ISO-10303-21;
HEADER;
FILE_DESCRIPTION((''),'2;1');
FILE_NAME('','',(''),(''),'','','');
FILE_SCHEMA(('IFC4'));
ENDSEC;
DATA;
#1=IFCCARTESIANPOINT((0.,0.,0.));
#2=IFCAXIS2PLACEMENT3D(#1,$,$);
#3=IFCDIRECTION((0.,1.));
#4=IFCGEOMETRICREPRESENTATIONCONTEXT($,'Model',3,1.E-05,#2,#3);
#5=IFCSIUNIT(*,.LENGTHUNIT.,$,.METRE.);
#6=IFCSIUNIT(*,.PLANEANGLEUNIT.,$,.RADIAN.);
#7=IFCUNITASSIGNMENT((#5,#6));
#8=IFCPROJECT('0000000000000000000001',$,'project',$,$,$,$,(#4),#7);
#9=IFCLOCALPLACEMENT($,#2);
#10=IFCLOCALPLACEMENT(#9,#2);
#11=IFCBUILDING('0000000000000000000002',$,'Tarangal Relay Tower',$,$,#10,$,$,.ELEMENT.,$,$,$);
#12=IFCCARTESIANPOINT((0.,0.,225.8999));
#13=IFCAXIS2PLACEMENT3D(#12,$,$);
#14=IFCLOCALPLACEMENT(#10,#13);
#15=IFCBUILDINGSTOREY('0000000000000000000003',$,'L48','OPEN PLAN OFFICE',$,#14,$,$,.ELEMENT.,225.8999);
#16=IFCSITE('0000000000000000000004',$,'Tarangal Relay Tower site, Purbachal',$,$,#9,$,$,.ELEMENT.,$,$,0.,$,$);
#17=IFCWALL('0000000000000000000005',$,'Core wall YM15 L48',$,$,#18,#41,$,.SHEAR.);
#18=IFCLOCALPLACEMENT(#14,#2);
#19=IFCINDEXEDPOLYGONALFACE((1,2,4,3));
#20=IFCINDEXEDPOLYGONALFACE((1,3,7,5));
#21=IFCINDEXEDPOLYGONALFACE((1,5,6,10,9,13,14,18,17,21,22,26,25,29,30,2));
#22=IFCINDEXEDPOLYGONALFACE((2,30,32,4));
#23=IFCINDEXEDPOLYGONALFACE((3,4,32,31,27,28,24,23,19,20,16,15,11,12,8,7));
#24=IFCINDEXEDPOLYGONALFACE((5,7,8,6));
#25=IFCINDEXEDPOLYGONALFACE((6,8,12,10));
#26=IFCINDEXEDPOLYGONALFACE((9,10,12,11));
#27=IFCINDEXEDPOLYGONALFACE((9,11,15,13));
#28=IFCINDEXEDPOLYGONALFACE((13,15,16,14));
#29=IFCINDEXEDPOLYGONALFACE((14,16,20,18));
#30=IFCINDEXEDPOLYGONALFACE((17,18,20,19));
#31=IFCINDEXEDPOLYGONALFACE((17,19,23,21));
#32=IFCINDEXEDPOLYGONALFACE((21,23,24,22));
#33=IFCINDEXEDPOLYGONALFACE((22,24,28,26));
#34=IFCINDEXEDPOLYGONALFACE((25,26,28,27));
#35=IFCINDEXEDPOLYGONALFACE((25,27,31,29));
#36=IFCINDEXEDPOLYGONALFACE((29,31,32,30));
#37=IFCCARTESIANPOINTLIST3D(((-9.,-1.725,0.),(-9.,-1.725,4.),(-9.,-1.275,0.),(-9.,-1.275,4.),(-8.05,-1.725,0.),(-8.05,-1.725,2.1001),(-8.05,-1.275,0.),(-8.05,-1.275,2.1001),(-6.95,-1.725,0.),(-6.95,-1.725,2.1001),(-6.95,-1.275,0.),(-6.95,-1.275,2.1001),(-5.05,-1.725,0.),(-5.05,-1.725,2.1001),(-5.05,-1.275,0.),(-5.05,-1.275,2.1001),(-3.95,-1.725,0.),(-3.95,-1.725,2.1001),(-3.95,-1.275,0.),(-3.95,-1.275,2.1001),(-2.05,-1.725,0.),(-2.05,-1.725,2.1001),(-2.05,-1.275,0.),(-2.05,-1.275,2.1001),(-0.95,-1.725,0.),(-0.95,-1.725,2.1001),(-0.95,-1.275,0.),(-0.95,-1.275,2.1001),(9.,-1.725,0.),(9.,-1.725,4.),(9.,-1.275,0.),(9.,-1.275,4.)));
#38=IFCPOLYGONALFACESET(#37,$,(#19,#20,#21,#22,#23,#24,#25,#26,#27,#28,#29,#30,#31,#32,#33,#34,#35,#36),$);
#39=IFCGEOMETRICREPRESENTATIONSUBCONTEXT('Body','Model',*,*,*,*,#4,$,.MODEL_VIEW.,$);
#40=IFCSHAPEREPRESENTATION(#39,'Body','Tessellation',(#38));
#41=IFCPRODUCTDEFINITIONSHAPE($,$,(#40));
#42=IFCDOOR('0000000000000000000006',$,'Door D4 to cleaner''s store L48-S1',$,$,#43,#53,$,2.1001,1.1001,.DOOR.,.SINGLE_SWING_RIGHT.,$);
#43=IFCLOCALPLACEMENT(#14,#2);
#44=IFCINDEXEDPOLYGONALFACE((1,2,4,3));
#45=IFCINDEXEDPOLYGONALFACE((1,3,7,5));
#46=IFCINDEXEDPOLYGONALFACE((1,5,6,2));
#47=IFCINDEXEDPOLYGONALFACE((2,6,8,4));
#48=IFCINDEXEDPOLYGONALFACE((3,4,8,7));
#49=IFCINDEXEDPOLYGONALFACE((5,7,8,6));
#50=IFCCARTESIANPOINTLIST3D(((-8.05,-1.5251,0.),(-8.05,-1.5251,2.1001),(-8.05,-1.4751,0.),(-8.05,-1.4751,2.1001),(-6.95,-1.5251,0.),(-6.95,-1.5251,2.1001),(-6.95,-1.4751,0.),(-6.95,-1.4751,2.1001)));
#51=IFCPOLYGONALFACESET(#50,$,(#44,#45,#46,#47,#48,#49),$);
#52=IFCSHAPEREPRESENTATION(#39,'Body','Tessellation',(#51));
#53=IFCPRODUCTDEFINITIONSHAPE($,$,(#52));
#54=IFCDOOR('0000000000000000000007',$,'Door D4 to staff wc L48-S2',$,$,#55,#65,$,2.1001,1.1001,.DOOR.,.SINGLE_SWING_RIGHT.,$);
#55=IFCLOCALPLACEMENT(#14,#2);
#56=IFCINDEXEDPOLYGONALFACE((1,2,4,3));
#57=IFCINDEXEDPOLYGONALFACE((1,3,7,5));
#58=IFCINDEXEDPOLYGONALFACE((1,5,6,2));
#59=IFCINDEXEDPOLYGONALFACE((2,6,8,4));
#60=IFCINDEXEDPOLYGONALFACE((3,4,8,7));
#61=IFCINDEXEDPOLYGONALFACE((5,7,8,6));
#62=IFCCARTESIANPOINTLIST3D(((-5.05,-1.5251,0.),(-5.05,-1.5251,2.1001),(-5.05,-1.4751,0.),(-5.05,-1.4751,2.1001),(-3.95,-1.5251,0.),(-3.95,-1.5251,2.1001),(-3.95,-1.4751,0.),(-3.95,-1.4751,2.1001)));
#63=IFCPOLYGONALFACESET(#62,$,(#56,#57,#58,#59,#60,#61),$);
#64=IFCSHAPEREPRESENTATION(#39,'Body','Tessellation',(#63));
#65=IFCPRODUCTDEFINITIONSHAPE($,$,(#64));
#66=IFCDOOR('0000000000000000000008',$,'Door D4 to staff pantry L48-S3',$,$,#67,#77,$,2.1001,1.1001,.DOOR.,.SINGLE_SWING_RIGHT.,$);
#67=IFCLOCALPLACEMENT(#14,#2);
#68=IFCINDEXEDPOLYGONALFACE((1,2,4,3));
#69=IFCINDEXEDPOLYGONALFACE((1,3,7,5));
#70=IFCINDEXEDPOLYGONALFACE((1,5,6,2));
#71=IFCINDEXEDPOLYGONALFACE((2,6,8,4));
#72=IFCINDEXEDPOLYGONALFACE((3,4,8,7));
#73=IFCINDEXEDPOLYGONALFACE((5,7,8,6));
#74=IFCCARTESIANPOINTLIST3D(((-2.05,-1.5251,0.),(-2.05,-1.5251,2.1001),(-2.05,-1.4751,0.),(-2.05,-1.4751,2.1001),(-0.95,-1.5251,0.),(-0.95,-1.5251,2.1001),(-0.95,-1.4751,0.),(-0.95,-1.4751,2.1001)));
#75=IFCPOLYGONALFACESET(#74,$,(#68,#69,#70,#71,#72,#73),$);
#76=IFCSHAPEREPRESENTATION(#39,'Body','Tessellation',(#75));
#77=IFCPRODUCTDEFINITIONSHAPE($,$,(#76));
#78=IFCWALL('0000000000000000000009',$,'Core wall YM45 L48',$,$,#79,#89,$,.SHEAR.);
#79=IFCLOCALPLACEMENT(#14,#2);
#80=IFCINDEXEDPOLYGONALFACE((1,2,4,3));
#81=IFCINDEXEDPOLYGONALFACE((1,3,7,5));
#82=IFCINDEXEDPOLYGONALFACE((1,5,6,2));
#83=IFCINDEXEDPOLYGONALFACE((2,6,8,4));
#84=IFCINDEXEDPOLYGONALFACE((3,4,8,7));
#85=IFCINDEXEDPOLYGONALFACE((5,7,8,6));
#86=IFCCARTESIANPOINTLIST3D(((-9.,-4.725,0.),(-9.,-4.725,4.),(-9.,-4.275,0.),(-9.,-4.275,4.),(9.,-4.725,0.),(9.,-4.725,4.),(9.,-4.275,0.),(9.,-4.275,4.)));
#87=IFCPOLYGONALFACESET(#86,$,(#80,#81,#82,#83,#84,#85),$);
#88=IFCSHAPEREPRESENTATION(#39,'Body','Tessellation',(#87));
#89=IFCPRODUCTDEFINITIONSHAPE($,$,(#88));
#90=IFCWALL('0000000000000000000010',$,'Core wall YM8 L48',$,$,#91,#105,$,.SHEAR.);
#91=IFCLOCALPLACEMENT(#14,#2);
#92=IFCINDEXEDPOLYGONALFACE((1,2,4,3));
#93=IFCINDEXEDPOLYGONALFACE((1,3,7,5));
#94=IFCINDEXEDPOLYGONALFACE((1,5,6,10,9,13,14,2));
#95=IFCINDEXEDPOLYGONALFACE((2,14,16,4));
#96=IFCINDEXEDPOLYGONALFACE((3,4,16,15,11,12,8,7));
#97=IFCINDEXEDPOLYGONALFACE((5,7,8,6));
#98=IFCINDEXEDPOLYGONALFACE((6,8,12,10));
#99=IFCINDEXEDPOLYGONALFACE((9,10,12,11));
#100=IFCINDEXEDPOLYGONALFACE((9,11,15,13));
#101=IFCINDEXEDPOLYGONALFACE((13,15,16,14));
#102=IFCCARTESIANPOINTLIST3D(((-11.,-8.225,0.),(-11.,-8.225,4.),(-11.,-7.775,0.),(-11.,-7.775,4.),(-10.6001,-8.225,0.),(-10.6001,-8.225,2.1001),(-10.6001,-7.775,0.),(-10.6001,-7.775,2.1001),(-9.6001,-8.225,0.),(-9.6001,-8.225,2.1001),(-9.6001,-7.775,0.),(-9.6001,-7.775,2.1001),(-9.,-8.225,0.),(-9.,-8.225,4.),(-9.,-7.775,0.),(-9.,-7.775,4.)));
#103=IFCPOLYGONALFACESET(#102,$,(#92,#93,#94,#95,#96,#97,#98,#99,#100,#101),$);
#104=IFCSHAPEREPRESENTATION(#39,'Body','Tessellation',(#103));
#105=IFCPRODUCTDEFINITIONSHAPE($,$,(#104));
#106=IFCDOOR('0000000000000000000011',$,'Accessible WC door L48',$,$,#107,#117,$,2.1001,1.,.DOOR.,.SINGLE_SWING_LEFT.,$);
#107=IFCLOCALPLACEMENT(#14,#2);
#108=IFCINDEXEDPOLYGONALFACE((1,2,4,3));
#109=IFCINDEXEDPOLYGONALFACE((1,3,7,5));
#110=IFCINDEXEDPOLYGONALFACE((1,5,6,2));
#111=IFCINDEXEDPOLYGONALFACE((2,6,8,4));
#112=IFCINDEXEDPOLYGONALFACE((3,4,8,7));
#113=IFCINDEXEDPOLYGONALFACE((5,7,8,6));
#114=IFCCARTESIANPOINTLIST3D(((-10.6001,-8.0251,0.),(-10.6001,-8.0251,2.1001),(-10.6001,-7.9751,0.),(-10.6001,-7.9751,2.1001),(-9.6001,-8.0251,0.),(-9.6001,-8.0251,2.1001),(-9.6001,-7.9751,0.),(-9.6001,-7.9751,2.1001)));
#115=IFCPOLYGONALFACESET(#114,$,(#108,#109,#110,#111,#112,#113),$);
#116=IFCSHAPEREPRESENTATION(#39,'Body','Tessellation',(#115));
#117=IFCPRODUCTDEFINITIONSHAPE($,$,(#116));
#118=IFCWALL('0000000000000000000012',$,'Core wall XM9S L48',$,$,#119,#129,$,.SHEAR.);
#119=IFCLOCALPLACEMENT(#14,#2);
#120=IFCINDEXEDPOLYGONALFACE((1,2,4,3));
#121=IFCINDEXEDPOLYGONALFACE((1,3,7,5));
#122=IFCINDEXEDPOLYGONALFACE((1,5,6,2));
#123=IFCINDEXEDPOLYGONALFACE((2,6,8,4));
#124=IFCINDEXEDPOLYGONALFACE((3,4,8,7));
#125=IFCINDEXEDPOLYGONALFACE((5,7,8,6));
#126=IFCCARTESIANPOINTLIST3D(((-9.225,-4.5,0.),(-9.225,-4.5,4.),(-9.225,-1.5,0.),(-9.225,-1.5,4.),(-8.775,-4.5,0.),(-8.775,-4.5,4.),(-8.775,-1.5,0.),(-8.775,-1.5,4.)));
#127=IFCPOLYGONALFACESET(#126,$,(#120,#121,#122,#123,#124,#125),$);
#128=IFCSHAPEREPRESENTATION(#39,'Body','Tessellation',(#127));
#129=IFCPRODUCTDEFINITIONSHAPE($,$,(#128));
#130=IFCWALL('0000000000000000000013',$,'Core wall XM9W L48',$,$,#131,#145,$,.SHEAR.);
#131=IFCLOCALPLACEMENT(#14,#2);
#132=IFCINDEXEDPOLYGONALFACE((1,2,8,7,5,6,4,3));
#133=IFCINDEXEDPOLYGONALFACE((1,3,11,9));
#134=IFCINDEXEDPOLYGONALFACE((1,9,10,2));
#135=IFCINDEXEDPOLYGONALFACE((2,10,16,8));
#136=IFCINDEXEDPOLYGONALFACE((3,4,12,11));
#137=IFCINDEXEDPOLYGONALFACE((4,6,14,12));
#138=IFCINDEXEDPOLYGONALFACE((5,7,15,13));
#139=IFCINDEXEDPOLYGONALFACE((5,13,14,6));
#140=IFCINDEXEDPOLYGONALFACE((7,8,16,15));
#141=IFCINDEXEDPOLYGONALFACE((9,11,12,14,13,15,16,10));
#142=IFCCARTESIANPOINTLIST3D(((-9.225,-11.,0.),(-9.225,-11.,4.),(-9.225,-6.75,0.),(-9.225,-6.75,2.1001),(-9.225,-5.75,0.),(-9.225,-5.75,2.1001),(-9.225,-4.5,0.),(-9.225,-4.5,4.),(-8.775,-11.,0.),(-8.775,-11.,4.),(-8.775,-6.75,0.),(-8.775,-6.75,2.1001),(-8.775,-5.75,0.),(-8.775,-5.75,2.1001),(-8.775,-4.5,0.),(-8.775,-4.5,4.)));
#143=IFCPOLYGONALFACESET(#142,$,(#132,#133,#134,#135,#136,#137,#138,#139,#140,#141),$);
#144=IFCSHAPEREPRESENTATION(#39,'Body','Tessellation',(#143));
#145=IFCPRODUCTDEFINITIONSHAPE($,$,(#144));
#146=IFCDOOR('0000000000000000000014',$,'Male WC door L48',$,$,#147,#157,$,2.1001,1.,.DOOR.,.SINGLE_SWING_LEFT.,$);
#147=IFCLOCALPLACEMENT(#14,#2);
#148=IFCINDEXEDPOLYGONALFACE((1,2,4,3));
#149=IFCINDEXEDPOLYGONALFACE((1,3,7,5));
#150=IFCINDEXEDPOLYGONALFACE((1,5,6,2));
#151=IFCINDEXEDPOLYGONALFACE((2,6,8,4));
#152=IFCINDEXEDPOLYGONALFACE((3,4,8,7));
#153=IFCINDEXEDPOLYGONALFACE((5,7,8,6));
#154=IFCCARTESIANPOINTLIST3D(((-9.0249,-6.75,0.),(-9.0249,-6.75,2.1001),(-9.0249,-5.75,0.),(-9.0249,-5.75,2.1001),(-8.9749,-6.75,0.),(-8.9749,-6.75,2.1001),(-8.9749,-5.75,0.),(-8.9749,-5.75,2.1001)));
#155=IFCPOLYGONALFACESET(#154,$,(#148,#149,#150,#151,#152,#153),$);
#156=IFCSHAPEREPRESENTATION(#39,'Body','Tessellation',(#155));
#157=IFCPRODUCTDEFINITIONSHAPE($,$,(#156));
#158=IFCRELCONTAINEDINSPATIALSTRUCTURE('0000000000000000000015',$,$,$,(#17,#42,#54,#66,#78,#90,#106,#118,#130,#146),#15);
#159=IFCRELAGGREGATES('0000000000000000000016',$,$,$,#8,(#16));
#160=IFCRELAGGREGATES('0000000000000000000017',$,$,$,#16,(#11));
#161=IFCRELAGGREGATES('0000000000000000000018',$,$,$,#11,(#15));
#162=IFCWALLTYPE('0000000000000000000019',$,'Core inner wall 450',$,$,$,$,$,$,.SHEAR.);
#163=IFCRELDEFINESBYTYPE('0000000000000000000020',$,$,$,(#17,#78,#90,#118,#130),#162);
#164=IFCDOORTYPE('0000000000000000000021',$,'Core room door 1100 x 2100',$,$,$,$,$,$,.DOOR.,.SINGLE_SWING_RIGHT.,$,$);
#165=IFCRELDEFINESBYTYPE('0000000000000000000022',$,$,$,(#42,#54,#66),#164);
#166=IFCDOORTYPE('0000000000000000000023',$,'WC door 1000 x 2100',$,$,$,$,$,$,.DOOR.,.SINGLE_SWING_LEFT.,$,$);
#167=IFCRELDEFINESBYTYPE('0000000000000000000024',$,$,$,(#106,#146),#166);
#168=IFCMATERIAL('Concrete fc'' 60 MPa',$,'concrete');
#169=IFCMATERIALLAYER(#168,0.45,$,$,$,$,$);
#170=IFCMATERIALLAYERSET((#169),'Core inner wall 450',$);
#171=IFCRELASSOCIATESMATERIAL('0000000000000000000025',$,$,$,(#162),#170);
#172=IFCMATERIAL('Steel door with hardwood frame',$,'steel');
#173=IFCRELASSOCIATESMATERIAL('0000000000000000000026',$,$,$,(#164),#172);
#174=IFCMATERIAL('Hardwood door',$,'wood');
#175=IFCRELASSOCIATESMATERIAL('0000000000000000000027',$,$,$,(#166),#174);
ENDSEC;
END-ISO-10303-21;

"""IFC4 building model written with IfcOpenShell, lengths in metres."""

from ifc_helpers import new_model, si_unit, direction, frame, frame_2d, origin, place, context, subcontext, project, spatial, rectangle, extrude, material, layer, layer_set, type_object, element, fill, save


model = new_model("IFC4")

# Units and contexts
model_context = context("Model", 3, precision=1e-05, world=origin(), true_north=direction((0.0, 1.0)))
body_context = subcontext(model_context, "Body", "Model", "MODEL_VIEW")
ifc_project = project(units=[si_unit("LENGTHUNIT", "METRE"), si_unit("PLANEANGLEUNIT", "RADIAN")], contexts=[model_context])

# Site, building, storey
site_placement = place(None, origin())
site = spatial("IfcSite", under=ifc_project, at=site_placement, Name="Tarangal Relay Tower site, Purbachal", CompositionType="ELEMENT", RefElevation=0.0)
building_placement = place(site_placement, origin())
building = spatial("IfcBuilding", under=site, at=building_placement, Name="Tarangal Relay Tower", CompositionType="ELEMENT")
storey_placement = place(building_placement, frame((0.0, 0.0, 225.8999)))
storey = spatial("IfcBuildingStorey", under=building, at=storey_placement, Name="L48", Description="OPEN PLAN OFFICE", CompositionType="ELEMENT", Elevation=225.8999)

# Wall, openings, doors
ifc_material_1 = material(Name="Concrete fc' 60 MPa", Category="concrete")
ifc_layer_1 = layer(ifc_material_1, 0.45)
ifc_layer_set_1 = layer_set([ifc_layer_1], Name="Core inner wall 450")
wall_type_1 = type_object("IfcWallType", Name="Core inner wall 450", PredefinedType="SHEAR", material=ifc_layer_set_1)
wall_1_placement = place(storey_placement, frame((-9.0, -1.5, 0.0), z_axis=(0.0, 0.0, 1.0), x_axis=(1.0, 0.0, 0.0)))
wall_1 = element("IfcWall", 1, at=wall_1_placement, inside=storey, type_object=wall_type_1, Name="Core wall YM15 L48", PredefinedType="SHEAR", context=body_context, shape_type="SweptSolid", body=[
    extrude(rectangle(XDim=18.0, YDim=0.45, at=frame_2d((9.0, 0.0))), origin(), (0.0, 0.0, 1.0), 4.0),
])
opening_1_placement = place(wall_1_placement, frame((0.95, 0.0, 0.0)))
opening_1 = element("IfcOpeningElement", 2, at=opening_1_placement, cuts=wall_1, PredefinedType="OPENING", context=body_context, shape_type="SweptSolid", body=[
    extrude(rectangle(XDim=1.1001, YDim=2.1001, at=frame_2d((0.55, 1.05))), frame((0.0, 0.2349, 0.0), z_axis=(0.0, -1.0, 0.0), x_axis=(1.0, 0.0, 0.0)), (0.0, 0.0, 1.0), 0.47),
])
opening_2_placement = place(wall_1_placement, frame((3.95, 0.0, 0.0)))
opening_2 = element("IfcOpeningElement", 3, at=opening_2_placement, cuts=wall_1, PredefinedType="OPENING", context=body_context, shape_type="SweptSolid", body=[
    extrude(rectangle(XDim=1.1001, YDim=2.1001, at=frame_2d((0.55, 1.05))), frame((0.0, 0.2349, 0.0), z_axis=(0.0, -1.0, 0.0), x_axis=(1.0, 0.0, 0.0)), (0.0, 0.0, 1.0), 0.47),
])
opening_3_placement = place(wall_1_placement, frame((6.95, 0.0, 0.0)))
opening_3 = element("IfcOpeningElement", 4, at=opening_3_placement, cuts=wall_1, PredefinedType="OPENING", context=body_context, shape_type="SweptSolid", body=[
    extrude(rectangle(XDim=1.1001, YDim=2.1001, at=frame_2d((0.55, 1.05))), frame((0.0, 0.2349, 0.0), z_axis=(0.0, -1.0, 0.0), x_axis=(1.0, 0.0, 0.0)), (0.0, 0.0, 1.0), 0.47),
])
ifc_material_2 = material(Name="Steel door with hardwood frame", Category="steel")
door_type_1 = type_object("IfcDoorType", Name="Core room door 1100 x 2100", OperationType="SINGLE_SWING_RIGHT", PredefinedType="DOOR", material=ifc_material_2)
door_1_placement = place(opening_1_placement, origin())
door_1 = element("IfcDoor", 5, at=door_1_placement, inside=storey, type_object=door_type_1, Name="Door D4 to cleaner's store L48-S1", OperationType="SINGLE_SWING_RIGHT", OverallHeight=2.1001, OverallWidth=1.1001, PredefinedType="DOOR", context=body_context, shape_type="SweptSolid", body=[
    extrude(rectangle(XDim=1.1001, YDim=2.1001, at=frame_2d((0.55, 1.05))), frame((0.0, 0.0249, 0.0), z_axis=(0.0, -1.0, 0.0), x_axis=(1.0, 0.0, 0.0)), (0.0, 0.0, 1.0), 0.05),
])
fill(opening_1, door_1)
door_2_placement = place(opening_2_placement, origin())
door_2 = element("IfcDoor", 6, at=door_2_placement, inside=storey, type_object=door_type_1, Name="Door D4 to staff wc L48-S2", OperationType="SINGLE_SWING_RIGHT", OverallHeight=2.1001, OverallWidth=1.1001, PredefinedType="DOOR", context=body_context, shape_type="SweptSolid", body=[
    extrude(rectangle(XDim=1.1001, YDim=2.1001, at=frame_2d((0.55, 1.05))), frame((0.0, 0.0249, 0.0), z_axis=(0.0, -1.0, 0.0), x_axis=(1.0, 0.0, 0.0)), (0.0, 0.0, 1.0), 0.05),
])
fill(opening_2, door_2)
door_3_placement = place(opening_3_placement, origin())
door_3 = element("IfcDoor", 7, at=door_3_placement, inside=storey, type_object=door_type_1, Name="Door D4 to staff pantry L48-S3", OperationType="SINGLE_SWING_RIGHT", OverallHeight=2.1001, OverallWidth=1.1001, PredefinedType="DOOR", context=body_context, shape_type="SweptSolid", body=[
    extrude(rectangle(XDim=1.1001, YDim=2.1001, at=frame_2d((0.55, 1.05))), frame((0.0, 0.0249, 0.0), z_axis=(0.0, -1.0, 0.0), x_axis=(1.0, 0.0, 0.0)), (0.0, 0.0, 1.0), 0.05),
])
fill(opening_3, door_3)

# Wall
wall_2_placement = place(storey_placement, frame((-9.0, -4.5, 0.0), z_axis=(0.0, 0.0, 1.0), x_axis=(1.0, 0.0, 0.0)))
element("IfcWall", 8, at=wall_2_placement, inside=storey, type_object=wall_type_1, Name="Core wall YM45 L48", PredefinedType="SHEAR", context=body_context, shape_type="SweptSolid", body=[
    extrude(rectangle(XDim=18.0, YDim=0.45, at=frame_2d((9.0, 0.0))), origin(), (0.0, 0.0, 1.0), 4.0),
])

# Wall, opening, door
wall_3_placement = place(storey_placement, frame((-11.0, -8.0, 0.0), z_axis=(0.0, 0.0, 1.0), x_axis=(1.0, 0.0, 0.0)))
wall_3 = element("IfcWall", 9, at=wall_3_placement, inside=storey, type_object=wall_type_1, Name="Core wall YM8 L48", PredefinedType="SHEAR", context=body_context, shape_type="SweptSolid", body=[
    extrude(rectangle(XDim=2.0, YDim=0.45, at=frame_2d((1.0, 0.0))), origin(), (0.0, 0.0, 1.0), 4.0),
])
opening_4_placement = place(wall_3_placement, frame((0.3999, 0.0, 0.0)))
opening_4 = element("IfcOpeningElement", 10, at=opening_4_placement, cuts=wall_3, PredefinedType="OPENING", context=body_context, shape_type="SweptSolid", body=[
    extrude(rectangle(XDim=1.0, YDim=2.1001, at=frame_2d((0.5, 1.05))), frame((0.0, 0.2349, 0.0), z_axis=(0.0, -1.0, 0.0), x_axis=(1.0, 0.0, 0.0)), (0.0, 0.0, 1.0), 0.47),
])
ifc_material_3 = material(Name="Hardwood door", Category="wood")
door_type_2 = type_object("IfcDoorType", Name="WC door 1000 x 2100", OperationType="SINGLE_SWING_LEFT", PredefinedType="DOOR", material=ifc_material_3)
door_4_placement = place(opening_4_placement, origin())
door_4 = element("IfcDoor", 11, at=door_4_placement, inside=storey, type_object=door_type_2, Name="Accessible WC door L48", OperationType="SINGLE_SWING_LEFT", OverallHeight=2.1001, OverallWidth=1.0, PredefinedType="DOOR", context=body_context, shape_type="SweptSolid", body=[
    extrude(rectangle(XDim=1.0, YDim=2.1001, at=frame_2d((0.5, 1.05))), frame((0.0, 0.0249, 0.0), z_axis=(0.0, -1.0, 0.0), x_axis=(1.0, 0.0, 0.0)), (0.0, 0.0, 1.0), 0.05),
])
fill(opening_4, door_4)

# Wall
wall_4_placement = place(storey_placement, frame((-9.0, -4.5, 0.0), z_axis=(0.0, 0.0, 1.0), x_axis=(0.0, 1.0, 0.0)))
element("IfcWall", 12, at=wall_4_placement, inside=storey, type_object=wall_type_1, Name="Core wall XM9S L48", PredefinedType="SHEAR", context=body_context, shape_type="SweptSolid", body=[
    extrude(rectangle(XDim=3.0, YDim=0.45, at=frame_2d((1.5, 0.0))), origin(), (0.0, 0.0, 1.0), 4.0),
])

# Wall, opening, door
wall_5_placement = place(storey_placement, frame((-9.0, -11.0, 0.0), z_axis=(0.0, 0.0, 1.0), x_axis=(0.0, 1.0, 0.0)))
wall_5 = element("IfcWall", 13, at=wall_5_placement, inside=storey, type_object=wall_type_1, Name="Core wall XM9W L48", PredefinedType="SHEAR", context=body_context, shape_type="SweptSolid", body=[
    extrude(rectangle(XDim=6.5, YDim=0.45, at=frame_2d((3.25, 0.0))), origin(), (0.0, 0.0, 1.0), 4.0),
])
opening_5_placement = place(wall_5_placement, frame((4.25, 0.0, 0.0)))
opening_5 = element("IfcOpeningElement", 14, at=opening_5_placement, cuts=wall_5, PredefinedType="OPENING", context=body_context, shape_type="SweptSolid", body=[
    extrude(rectangle(XDim=1.0, YDim=2.1001, at=frame_2d((0.5, 1.05))), frame((0.0, 0.2349, 0.0), z_axis=(0.0, -1.0, 0.0), x_axis=(1.0, 0.0, 0.0)), (0.0, 0.0, 1.0), 0.47),
])
door_5_placement = place(opening_5_placement, origin())
door_5 = element("IfcDoor", 15, at=door_5_placement, inside=storey, type_object=door_type_2, Name="Male WC door L48", OperationType="SINGLE_SWING_LEFT", OverallHeight=2.1001, OverallWidth=1.0, PredefinedType="DOOR", context=body_context, shape_type="SweptSolid", body=[
    extrude(rectangle(XDim=1.0, YDim=2.1001, at=frame_2d((0.5, 1.05))), frame((0.0, 0.0249, 0.0), z_axis=(0.0, -1.0, 0.0), x_axis=(1.0, 0.0, 0.0)), (0.0, 0.0, 1.0), 0.05),
])
fill(opening_5, door_5)

save(model, "model.ifc")
